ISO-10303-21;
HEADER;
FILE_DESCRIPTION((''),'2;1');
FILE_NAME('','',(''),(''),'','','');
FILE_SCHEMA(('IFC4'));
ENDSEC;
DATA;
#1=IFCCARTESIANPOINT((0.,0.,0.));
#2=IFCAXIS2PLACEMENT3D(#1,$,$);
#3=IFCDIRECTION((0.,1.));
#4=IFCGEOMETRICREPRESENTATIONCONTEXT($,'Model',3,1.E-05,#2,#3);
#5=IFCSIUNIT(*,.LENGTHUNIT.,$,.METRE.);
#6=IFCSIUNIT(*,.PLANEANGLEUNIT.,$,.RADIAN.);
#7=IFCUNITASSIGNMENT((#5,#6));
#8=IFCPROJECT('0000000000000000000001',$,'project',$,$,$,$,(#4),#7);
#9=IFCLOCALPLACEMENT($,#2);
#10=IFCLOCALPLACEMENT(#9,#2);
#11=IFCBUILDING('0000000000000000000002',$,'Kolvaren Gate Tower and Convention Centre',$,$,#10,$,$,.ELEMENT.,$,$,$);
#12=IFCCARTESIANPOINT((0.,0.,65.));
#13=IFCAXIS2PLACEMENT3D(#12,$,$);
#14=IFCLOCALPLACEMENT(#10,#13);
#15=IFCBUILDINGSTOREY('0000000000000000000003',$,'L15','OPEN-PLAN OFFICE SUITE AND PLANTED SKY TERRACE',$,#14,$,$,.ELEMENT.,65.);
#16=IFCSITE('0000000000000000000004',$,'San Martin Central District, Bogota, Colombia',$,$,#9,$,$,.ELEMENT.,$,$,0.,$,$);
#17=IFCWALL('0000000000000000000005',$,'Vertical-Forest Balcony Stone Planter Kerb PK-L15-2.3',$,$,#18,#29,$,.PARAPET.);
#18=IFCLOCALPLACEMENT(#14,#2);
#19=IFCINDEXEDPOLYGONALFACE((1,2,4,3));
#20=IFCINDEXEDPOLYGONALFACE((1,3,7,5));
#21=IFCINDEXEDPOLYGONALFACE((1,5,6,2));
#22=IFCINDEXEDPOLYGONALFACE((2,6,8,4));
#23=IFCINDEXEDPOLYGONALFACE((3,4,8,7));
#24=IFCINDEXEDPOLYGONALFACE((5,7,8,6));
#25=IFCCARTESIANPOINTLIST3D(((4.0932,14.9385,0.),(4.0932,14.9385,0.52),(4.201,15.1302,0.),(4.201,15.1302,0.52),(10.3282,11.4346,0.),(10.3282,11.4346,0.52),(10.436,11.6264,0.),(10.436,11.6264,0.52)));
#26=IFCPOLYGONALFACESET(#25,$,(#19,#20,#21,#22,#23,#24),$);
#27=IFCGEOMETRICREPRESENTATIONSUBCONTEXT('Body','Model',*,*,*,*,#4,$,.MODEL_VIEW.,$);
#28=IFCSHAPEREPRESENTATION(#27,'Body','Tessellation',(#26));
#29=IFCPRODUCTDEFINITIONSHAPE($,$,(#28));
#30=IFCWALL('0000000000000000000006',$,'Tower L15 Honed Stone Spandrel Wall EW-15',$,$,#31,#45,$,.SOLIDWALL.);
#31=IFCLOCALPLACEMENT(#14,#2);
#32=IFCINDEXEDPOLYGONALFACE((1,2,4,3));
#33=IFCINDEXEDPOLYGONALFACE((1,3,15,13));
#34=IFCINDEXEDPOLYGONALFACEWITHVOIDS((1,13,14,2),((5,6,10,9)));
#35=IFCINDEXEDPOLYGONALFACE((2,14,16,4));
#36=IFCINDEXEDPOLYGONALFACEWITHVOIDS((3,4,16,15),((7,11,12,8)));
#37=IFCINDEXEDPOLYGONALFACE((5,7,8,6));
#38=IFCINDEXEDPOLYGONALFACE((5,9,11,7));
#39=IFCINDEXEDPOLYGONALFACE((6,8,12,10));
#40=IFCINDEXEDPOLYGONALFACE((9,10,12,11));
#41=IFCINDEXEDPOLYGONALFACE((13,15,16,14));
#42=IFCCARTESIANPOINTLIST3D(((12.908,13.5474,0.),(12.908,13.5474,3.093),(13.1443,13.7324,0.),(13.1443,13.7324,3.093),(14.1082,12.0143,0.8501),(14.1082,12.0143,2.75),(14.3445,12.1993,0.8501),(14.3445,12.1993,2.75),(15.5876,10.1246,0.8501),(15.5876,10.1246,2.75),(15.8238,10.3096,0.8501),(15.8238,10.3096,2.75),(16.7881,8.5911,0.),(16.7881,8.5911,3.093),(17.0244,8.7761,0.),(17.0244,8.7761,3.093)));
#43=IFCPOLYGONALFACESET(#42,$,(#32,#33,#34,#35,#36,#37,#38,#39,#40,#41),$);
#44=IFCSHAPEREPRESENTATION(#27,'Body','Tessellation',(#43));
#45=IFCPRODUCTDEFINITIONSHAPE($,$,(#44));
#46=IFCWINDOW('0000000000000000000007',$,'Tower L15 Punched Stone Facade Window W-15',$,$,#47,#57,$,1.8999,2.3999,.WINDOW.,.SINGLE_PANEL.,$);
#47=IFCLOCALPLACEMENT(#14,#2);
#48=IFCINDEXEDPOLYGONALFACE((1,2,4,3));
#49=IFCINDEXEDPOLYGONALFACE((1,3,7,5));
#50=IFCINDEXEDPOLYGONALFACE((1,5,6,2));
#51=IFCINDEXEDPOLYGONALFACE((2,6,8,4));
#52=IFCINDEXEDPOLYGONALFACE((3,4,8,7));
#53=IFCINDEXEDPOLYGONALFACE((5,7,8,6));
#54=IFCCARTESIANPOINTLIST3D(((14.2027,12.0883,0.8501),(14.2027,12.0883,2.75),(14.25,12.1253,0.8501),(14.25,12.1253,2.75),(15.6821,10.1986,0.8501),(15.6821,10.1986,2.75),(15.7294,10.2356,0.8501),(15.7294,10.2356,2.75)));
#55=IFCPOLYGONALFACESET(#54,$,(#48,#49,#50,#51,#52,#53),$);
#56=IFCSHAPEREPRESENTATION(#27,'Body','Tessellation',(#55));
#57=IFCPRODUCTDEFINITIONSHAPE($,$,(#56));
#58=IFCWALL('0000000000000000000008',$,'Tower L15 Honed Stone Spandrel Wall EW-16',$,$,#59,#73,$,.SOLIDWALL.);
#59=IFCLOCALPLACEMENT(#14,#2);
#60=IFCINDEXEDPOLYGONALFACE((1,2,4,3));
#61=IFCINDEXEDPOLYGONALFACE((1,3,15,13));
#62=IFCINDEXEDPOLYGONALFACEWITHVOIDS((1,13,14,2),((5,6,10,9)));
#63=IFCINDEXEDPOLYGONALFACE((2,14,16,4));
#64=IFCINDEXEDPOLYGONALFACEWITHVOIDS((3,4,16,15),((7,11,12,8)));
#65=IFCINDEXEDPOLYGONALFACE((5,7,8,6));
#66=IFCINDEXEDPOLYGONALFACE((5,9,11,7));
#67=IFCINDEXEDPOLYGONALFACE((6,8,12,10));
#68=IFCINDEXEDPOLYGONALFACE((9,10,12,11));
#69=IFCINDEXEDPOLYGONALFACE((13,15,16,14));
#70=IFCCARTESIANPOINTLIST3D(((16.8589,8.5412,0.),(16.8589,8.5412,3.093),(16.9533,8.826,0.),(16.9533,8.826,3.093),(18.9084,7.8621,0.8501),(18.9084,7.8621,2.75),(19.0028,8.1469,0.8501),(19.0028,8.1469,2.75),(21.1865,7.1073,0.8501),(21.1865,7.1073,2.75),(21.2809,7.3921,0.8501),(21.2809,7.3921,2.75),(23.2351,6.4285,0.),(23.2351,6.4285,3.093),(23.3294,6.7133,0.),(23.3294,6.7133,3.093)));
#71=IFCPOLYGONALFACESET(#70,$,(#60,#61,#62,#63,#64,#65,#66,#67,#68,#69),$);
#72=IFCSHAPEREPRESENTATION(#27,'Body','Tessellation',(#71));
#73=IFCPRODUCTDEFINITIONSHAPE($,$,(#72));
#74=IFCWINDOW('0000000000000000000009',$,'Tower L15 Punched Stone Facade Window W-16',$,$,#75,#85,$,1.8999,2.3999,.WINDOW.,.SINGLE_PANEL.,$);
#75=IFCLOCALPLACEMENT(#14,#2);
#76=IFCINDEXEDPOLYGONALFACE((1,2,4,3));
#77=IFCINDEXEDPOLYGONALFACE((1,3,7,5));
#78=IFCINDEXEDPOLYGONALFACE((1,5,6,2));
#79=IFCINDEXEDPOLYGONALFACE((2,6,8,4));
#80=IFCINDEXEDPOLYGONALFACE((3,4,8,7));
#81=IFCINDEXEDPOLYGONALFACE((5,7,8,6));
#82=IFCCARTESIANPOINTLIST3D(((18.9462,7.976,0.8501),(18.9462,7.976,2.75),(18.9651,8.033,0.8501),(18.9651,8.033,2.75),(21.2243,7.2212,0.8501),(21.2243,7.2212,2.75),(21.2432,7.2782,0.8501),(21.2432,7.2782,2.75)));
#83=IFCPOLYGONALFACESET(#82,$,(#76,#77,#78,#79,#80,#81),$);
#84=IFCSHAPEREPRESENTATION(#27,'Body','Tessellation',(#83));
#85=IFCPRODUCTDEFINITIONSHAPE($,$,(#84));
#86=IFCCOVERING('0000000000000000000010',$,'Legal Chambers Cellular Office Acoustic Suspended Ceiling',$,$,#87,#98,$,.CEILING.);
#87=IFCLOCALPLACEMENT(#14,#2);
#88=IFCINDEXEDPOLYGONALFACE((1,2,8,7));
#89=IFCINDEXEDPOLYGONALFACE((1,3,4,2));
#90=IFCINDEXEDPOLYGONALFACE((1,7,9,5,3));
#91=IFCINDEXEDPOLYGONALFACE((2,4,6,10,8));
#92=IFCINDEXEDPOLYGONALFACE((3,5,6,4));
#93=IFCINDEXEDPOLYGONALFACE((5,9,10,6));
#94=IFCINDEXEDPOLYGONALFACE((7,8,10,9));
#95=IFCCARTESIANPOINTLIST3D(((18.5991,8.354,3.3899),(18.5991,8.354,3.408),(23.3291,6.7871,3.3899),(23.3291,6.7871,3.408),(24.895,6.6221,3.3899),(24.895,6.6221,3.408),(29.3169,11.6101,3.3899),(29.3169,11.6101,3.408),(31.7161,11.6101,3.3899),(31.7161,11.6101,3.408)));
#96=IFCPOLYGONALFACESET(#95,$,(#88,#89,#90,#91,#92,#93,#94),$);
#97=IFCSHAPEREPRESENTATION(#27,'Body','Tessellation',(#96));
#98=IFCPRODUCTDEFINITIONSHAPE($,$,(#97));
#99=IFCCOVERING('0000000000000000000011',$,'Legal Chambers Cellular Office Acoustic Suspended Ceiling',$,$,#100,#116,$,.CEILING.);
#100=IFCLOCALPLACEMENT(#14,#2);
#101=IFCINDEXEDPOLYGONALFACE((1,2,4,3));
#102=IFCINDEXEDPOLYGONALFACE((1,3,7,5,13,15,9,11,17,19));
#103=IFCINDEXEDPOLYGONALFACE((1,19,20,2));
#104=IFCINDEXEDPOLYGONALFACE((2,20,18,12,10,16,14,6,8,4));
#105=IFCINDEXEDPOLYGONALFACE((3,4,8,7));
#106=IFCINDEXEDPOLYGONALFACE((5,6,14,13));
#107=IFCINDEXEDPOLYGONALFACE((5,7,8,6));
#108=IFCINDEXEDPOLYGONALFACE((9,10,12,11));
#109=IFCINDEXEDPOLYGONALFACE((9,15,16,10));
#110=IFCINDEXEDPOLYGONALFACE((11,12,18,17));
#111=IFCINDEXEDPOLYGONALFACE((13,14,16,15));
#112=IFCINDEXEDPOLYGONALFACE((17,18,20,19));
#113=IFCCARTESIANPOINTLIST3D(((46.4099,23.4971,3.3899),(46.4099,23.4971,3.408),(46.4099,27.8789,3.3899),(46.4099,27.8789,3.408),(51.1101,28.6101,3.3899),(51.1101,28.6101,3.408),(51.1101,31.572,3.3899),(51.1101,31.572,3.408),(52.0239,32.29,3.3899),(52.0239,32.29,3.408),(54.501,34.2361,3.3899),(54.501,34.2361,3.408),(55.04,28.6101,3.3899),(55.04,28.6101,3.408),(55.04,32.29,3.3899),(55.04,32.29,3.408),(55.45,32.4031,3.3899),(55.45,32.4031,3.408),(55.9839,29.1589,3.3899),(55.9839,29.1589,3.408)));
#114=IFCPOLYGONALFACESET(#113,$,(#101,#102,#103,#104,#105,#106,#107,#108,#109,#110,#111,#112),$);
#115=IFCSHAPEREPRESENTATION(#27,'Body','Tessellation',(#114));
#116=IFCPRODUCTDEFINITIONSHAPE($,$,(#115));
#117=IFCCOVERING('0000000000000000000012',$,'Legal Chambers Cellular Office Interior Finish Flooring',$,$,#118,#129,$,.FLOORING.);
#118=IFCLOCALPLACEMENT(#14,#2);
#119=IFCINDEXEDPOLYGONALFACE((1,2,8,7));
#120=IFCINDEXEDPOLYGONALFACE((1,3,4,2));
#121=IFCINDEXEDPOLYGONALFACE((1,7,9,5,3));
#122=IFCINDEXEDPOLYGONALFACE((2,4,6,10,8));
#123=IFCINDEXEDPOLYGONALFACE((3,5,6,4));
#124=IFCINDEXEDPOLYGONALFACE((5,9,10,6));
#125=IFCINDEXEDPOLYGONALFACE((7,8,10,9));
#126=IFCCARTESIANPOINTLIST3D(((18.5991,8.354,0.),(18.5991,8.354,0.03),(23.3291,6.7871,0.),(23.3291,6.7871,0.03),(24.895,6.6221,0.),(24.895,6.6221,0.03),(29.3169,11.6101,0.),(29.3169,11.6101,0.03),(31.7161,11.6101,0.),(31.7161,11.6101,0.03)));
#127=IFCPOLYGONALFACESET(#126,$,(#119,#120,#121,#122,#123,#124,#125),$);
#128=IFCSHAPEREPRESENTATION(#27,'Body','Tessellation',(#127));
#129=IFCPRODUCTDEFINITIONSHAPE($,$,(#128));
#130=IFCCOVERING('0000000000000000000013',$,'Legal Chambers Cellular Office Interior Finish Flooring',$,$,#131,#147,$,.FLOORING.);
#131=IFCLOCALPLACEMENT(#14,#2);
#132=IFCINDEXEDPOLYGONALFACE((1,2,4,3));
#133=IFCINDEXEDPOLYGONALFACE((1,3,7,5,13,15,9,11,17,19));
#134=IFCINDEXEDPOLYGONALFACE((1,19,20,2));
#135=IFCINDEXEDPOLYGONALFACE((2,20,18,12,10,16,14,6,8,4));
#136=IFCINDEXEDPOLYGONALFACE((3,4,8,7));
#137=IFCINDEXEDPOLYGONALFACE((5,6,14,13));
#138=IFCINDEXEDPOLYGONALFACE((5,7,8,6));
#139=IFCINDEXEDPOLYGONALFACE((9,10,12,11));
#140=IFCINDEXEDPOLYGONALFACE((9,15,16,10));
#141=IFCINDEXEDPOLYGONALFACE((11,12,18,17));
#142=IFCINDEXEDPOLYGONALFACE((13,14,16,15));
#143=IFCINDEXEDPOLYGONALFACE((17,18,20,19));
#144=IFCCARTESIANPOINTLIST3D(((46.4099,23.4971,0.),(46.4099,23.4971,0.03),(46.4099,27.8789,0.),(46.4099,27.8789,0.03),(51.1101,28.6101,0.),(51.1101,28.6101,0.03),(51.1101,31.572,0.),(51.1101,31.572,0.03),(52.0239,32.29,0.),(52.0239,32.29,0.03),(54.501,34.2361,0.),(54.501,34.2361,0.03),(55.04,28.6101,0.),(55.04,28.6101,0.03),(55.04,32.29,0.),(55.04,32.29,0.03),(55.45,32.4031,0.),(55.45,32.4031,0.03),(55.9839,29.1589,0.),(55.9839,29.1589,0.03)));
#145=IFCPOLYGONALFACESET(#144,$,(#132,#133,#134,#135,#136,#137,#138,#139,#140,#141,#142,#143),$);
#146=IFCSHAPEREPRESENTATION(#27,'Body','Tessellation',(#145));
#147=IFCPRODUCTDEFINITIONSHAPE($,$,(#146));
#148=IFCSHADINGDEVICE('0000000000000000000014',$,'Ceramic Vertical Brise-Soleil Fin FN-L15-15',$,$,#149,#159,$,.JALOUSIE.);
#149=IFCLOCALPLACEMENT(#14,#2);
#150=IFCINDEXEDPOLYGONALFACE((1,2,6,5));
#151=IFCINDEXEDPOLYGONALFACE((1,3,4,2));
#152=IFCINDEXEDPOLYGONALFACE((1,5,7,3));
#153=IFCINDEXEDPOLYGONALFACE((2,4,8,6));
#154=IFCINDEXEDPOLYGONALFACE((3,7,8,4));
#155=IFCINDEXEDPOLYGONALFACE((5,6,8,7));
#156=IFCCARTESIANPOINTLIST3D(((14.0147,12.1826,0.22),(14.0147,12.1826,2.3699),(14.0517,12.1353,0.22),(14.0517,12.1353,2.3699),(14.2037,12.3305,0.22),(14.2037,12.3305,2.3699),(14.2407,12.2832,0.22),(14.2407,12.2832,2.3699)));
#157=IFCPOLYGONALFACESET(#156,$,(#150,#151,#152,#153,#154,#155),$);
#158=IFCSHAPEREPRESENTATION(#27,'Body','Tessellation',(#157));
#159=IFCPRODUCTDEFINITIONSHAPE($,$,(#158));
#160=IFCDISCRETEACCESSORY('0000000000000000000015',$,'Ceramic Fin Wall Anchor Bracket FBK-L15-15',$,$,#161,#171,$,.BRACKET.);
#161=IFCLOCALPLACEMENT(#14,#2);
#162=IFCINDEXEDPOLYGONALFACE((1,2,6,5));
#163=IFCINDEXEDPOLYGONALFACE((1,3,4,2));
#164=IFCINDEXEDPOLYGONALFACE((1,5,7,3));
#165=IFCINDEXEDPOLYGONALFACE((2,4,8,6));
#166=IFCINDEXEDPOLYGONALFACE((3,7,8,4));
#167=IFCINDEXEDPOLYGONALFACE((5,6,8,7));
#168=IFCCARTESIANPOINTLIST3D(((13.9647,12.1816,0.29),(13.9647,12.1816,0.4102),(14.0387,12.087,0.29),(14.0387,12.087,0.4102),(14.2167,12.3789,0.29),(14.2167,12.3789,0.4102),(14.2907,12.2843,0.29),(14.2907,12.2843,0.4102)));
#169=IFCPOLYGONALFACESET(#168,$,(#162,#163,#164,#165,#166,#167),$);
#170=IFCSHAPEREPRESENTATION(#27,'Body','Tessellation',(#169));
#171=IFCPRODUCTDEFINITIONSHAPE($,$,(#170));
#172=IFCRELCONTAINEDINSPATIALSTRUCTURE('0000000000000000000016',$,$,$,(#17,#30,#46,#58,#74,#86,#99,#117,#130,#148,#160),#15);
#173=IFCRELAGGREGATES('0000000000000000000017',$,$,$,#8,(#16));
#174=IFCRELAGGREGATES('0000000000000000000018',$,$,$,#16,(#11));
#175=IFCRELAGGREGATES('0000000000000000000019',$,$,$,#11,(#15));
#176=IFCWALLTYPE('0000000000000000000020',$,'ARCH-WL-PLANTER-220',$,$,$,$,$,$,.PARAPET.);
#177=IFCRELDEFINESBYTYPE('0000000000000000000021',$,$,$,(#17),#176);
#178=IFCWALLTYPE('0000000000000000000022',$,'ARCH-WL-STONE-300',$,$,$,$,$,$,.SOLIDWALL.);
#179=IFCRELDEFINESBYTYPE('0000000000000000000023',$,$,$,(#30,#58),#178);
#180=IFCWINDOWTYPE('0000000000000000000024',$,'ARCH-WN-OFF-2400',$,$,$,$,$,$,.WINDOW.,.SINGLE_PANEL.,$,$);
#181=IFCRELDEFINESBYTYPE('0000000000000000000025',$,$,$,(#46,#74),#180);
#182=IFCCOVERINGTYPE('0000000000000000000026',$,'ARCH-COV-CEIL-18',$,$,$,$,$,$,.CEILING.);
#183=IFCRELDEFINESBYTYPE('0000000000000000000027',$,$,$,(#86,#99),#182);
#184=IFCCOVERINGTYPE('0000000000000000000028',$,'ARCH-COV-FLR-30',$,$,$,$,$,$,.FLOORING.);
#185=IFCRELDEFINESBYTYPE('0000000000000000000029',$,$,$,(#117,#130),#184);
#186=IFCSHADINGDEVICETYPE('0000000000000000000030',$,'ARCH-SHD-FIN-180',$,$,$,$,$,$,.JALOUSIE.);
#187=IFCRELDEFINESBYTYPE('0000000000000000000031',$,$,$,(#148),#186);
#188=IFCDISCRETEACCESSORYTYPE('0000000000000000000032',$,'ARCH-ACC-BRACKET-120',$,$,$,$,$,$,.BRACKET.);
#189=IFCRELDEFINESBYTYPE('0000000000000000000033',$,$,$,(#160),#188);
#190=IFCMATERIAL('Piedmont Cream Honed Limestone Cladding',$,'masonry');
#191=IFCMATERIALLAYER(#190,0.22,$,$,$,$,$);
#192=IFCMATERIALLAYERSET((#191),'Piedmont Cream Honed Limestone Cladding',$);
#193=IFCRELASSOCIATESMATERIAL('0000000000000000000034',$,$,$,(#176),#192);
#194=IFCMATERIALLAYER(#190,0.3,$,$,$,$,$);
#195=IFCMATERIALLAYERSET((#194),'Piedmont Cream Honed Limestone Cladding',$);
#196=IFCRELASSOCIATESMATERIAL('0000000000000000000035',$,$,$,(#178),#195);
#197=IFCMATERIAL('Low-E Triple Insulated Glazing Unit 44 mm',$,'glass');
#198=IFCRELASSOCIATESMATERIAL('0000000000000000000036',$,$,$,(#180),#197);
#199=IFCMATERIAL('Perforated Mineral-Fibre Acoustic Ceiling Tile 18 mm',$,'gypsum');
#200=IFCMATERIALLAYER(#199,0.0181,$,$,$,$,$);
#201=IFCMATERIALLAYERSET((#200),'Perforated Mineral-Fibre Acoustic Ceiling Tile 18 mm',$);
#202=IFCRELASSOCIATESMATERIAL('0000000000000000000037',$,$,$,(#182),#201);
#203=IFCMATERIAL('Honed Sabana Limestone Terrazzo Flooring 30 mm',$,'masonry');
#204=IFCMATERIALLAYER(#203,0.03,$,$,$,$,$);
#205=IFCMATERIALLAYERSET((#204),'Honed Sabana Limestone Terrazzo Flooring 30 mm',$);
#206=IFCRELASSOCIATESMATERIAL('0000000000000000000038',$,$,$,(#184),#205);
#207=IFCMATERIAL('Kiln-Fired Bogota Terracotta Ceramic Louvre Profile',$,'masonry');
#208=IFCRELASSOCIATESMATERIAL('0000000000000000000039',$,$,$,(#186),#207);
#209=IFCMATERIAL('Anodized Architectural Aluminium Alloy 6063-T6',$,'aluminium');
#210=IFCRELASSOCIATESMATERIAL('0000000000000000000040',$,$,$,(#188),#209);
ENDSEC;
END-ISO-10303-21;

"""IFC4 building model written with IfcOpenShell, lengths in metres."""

from ifc_helpers import new_model, si_unit, direction, frame, frame_2d, origin, origin_2d, place, context, subcontext, project, spatial, polyline, rectangle, outline, extrude, material, layer, layer_set, type_object, element, fill, save


model = new_model("IFC4")

# Units and contexts
model_context = context("Model", 3, precision=1e-05, world=origin(), true_north=direction((0.0, 1.0)))
body_context = subcontext(model_context, "Body", "Model", "MODEL_VIEW")
ifc_project = project(units=[si_unit("LENGTHUNIT", "METRE"), si_unit("PLANEANGLEUNIT", "RADIAN")], contexts=[model_context])

# Site, building, storey
site_placement = place(None, origin())
site = spatial("IfcSite", under=ifc_project, at=site_placement, Name="San Martin Central District, Bogota, Colombia", CompositionType="ELEMENT", RefElevation=0.0)
building_placement = place(site_placement, origin())
building = spatial("IfcBuilding", under=site, at=building_placement, Name="Kolvaren Gate Tower and Convention Centre", CompositionType="ELEMENT")
storey_placement = place(building_placement, frame((0.0, 0.0, 65.0)))
storey = spatial("IfcBuildingStorey", under=building, at=storey_placement, Name="L15", Description="OPEN-PLAN OFFICE SUITE AND PLANTED SKY TERRACE", CompositionType="ELEMENT", Elevation=65.0)

# Wall
ifc_material_1 = material(Name="Piedmont Cream Honed Limestone Cladding", Category="masonry")
ifc_layer_1 = layer(ifc_material_1, 0.22)
ifc_layer_set_1 = layer_set([ifc_layer_1], Name="Piedmont Cream Honed Limestone Cladding")
wall_type_1 = type_object("IfcWallType", Name="ARCH-WL-PLANTER-220", PredefinedType="PARAPET", material=ifc_layer_set_1)
wall_1_placement = place(storey_placement, frame((4.147, 15.0344, 0.0), z_axis=(0.0, 0.0, 1.0), x_axis=(0.871775, -0.489906, 0.0)))
element("IfcWall", 1, at=wall_1_placement, inside=storey, type_object=wall_type_1, Name="Vertical-Forest Balcony Stone Planter Kerb PK-L15-2.3", PredefinedType="PARAPET", context=body_context, shape_type="SweptSolid", body=[
    extrude(rectangle(XDim=7.1521, YDim=0.22, at=frame_2d((3.5762, 0.0))), origin(), (0.0, 0.0, 1.0), 0.52),
])

# Walls, openings, windows
ifc_layer_2 = layer(ifc_material_1, 0.3)
ifc_layer_set_2 = layer_set([ifc_layer_2], Name="Piedmont Cream Honed Limestone Cladding")
wall_type_2 = type_object("IfcWallType", Name="ARCH-WL-STONE-300", PredefinedType="SOLIDWALL", material=ifc_layer_set_2)
wall_2_placement = place(storey_placement, frame((13.0261, 13.6399, 0.0), z_axis=(0.0, 0.0, 1.0), x_axis=(0.616435, -0.787406, 0.0)))
wall_2 = element("IfcWall", 2, at=wall_2_placement, inside=storey, type_object=wall_type_2, Name="Tower L15 Honed Stone Spandrel Wall EW-15", PredefinedType="SOLIDWALL", context=body_context, shape_type="SweptSolid", body=[
    extrude(rectangle(XDim=6.2944, YDim=0.3, at=frame_2d((3.1472, 0.0))), origin(), (0.0, 0.0, 1.0), 3.093),
])
opening_1_placement = place(wall_2_placement, frame((1.947, 0.0, 0.8501)))
opening_1 = element("IfcOpeningElement", 3, at=opening_1_placement, cuts=wall_2, PredefinedType="OPENING", context=body_context, shape_type="SweptSolid", body=[
    extrude(rectangle(XDim=2.3999, YDim=1.8999, at=frame_2d((1.2, 0.95))), frame((0.0, 0.1599, 0.0), z_axis=(0.0, -1.0, 0.0), x_axis=(1.0, 0.0, 0.0)), (0.0, 0.0, 1.0), 0.3201),
])
ifc_material_2 = material(Name="Low-E Triple Insulated Glazing Unit 44 mm", Category="glass")
window_type = type_object("IfcWindowType", Name="ARCH-WN-OFF-2400", PartitioningType="SINGLE_PANEL", PredefinedType="WINDOW", material=ifc_material_2)
window_1_placement = place(opening_1_placement, origin())
window_1 = element("IfcWindow", 4, at=window_1_placement, inside=storey, type_object=window_type, Name="Tower L15 Punched Stone Facade Window W-15", OverallHeight=1.8999, OverallWidth=2.3999, PartitioningType="SINGLE_PANEL", PredefinedType="WINDOW", context=body_context, shape_type="SweptSolid", body=[
    extrude(rectangle(XDim=2.3999, YDim=1.8999, at=frame_2d((1.2, 0.95))), frame((0.0, 0.03, 0.0), z_axis=(0.0, -1.0, 0.0), x_axis=(1.0, 0.0, 0.0)), (0.0, 0.0, 1.0), 0.0601),
])
fill(opening_1, window_1)
wall_3_placement = place(storey_placement, frame((16.9062, 8.6836, 0.0), z_axis=(0.0, 0.0, 1.0), x_axis=(0.949245, -0.314537, 0.0)))
wall_3 = element("IfcWall", 5, at=wall_3_placement, inside=storey, type_object=wall_type_2, Name="Tower L15 Honed Stone Spandrel Wall EW-16", PredefinedType="SOLIDWALL", context=body_context, shape_type="SweptSolid", body=[
    extrude(rectangle(XDim=6.717, YDim=0.3, at=frame_2d((3.3584, 0.0))), origin(), (0.0, 0.0, 1.0), 3.093),
])
opening_2_placement = place(wall_3_placement, frame((2.1589, 0.0, 0.8501)))
opening_2 = element("IfcOpeningElement", 6, at=opening_2_placement, cuts=wall_3, PredefinedType="OPENING", context=body_context, shape_type="SweptSolid", body=[
    extrude(rectangle(XDim=2.3999, YDim=1.8999, at=frame_2d((1.2, 0.95))), frame((0.0, 0.1599, 0.0), z_axis=(0.0, -1.0, 0.0), x_axis=(1.0, 0.0, 0.0)), (0.0, 0.0, 1.0), 0.3201),
])
window_2_placement = place(opening_2_placement, origin())
window_2 = element("IfcWindow", 7, at=window_2_placement, inside=storey, type_object=window_type, Name="Tower L15 Punched Stone Facade Window W-16", OverallHeight=1.8999, OverallWidth=2.3999, PartitioningType="SINGLE_PANEL", PredefinedType="WINDOW", context=body_context, shape_type="SweptSolid", body=[
    extrude(rectangle(XDim=2.3999, YDim=1.8999, at=frame_2d((1.2, 0.95))), frame((0.0, 0.03, 0.0), z_axis=(0.0, -1.0, 0.0), x_axis=(1.0, 0.0, 0.0)), (0.0, 0.0, 1.0), 0.0601),
])
fill(opening_2, window_2)

# Coverings
ifc_material_3 = material(Name="Perforated Mineral-Fibre Acoustic Ceiling Tile 18 mm", Category="gypsum")
ifc_layer_3 = layer(ifc_material_3, 0.0181)
ifc_layer_set_3 = layer_set([ifc_layer_3], Name="Perforated Mineral-Fibre Acoustic Ceiling Tile 18 mm")
covering_type_1 = type_object("IfcCoveringType", Name="ARCH-COV-CEIL-18", PredefinedType="CEILING", material=ifc_layer_set_3)
covering_1_placement = place(storey_placement, frame((0.0, 0.0, 3.3899)))
element("IfcCovering", 8, at=covering_1_placement, inside=storey, type_object=covering_type_1, Name="Legal Chambers Cellular Office Acoustic Suspended Ceiling", PredefinedType="CEILING", context=body_context, shape_type="SweptSolid", body=[
    extrude(outline(polyline([(24.895, 6.6221), (23.3291, 6.7871), (18.5991, 8.354), (29.3169, 11.6101), (31.7161, 11.6101), (24.895, 6.6221)])), origin(), (0.0, 0.0, 1.0), 0.0181),
])
covering_2_placement = place(storey_placement, frame((0.0, 0.0, 3.3899)))
element("IfcCovering", 9, at=covering_2_placement, inside=storey, type_object=covering_type_1, Name="Legal Chambers Cellular Office Acoustic Suspended Ceiling", PredefinedType="CEILING", context=body_context, shape_type="SweptSolid", body=[
    extrude(outline(polyline([(55.9839, 29.1589), (46.4099, 23.4971), (46.4099, 27.8789), (51.1101, 31.572), (51.1101, 28.6101), (55.04, 28.6101), (55.04, 32.29), (52.0239, 32.29), (54.501, 34.2361), (55.45, 32.4031), (55.9839, 29.1589)])), origin(), (0.0, 0.0, 1.0), 0.0181),
])
ifc_material_4 = material(Name="Honed Sabana Limestone Terrazzo Flooring 30 mm", Category="masonry")
ifc_layer_4 = layer(ifc_material_4, 0.03)
ifc_layer_set_4 = layer_set([ifc_layer_4], Name="Honed Sabana Limestone Terrazzo Flooring 30 mm")
covering_type_2 = type_object("IfcCoveringType", Name="ARCH-COV-FLR-30", PredefinedType="FLOORING", material=ifc_layer_set_4)
covering_3_placement = place(storey_placement, origin())
element("IfcCovering", 10, at=covering_3_placement, inside=storey, type_object=covering_type_2, Name="Legal Chambers Cellular Office Interior Finish Flooring", PredefinedType="FLOORING", context=body_context, shape_type="SweptSolid", body=[
    extrude(outline(polyline([(24.895, 6.6221), (23.3291, 6.7871), (18.5991, 8.354), (29.3169, 11.6101), (31.7161, 11.6101), (24.895, 6.6221)])), origin(), (0.0, 0.0, 1.0), 0.03),
])
covering_4_placement = place(storey_placement, origin())
element("IfcCovering", 11, at=covering_4_placement, inside=storey, type_object=covering_type_2, Name="Legal Chambers Cellular Office Interior Finish Flooring", PredefinedType="FLOORING", context=body_context, shape_type="SweptSolid", body=[
    extrude(outline(polyline([(55.9839, 29.1589), (46.4099, 23.4971), (46.4099, 27.8789), (51.1101, 31.572), (51.1101, 28.6101), (55.04, 28.6101), (55.04, 32.29), (52.0239, 32.29), (54.501, 34.2361), (55.45, 32.4031), (55.9839, 29.1589)])), origin(), (0.0, 0.0, 1.0), 0.03),
])

# Shading device
ifc_material_5 = material(Name="Kiln-Fired Bogota Terracotta Ceramic Louvre Profile", Category="masonry")
shading_device_type = type_object("IfcShadingDeviceType", Name="ARCH-SHD-FIN-180", PredefinedType="JALOUSIE", material=ifc_material_5)
shading_device_placement = place(storey_placement, frame((14.1277, 12.2329, 0.22), z_axis=(0.0, 0.0, 1.0), x_axis=(0.616431, -0.787409, 0.0)))
element("IfcShadingDevice", 12, at=shading_device_placement, inside=storey, type_object=shading_device_type, Name="Ceramic Vertical Brise-Soleil Fin FN-L15-15", PredefinedType="JALOUSIE", context=body_context, shape_type="SweptSolid", body=[
    extrude(rectangle(XDim=0.0601, YDim=0.24, at=origin_2d()), origin(), (0.0, 0.0, 1.0), 2.1499),
])

# Discrete accessory
ifc_material_6 = material(Name="Anodized Architectural Aluminium Alloy 6063-T6", Category="aluminium")
discrete_accessory_type = type_object("IfcDiscreteAccessoryType", Name="ARCH-ACC-BRACKET-120", PredefinedType="BRACKET", material=ifc_material_6)
discrete_accessory_placement = place(storey_placement, frame((14.1277, 12.2329, 0.29), z_axis=(0.0, 0.0, 1.0), x_axis=(0.616431, -0.787409, 0.0)))
element("IfcDiscreteAccessory", 13, at=discrete_accessory_placement, inside=storey, type_object=discrete_accessory_type, Name="Ceramic Fin Wall Anchor Bracket FBK-L15-15", PredefinedType="BRACKET", context=body_context, shape_type="SweptSolid", body=[
    extrude(rectangle(XDim=0.1201, YDim=0.3201, at=origin_2d()), origin(), (0.0, 0.0, 1.0), 0.1201),
])

save(model, "model.ifc")
